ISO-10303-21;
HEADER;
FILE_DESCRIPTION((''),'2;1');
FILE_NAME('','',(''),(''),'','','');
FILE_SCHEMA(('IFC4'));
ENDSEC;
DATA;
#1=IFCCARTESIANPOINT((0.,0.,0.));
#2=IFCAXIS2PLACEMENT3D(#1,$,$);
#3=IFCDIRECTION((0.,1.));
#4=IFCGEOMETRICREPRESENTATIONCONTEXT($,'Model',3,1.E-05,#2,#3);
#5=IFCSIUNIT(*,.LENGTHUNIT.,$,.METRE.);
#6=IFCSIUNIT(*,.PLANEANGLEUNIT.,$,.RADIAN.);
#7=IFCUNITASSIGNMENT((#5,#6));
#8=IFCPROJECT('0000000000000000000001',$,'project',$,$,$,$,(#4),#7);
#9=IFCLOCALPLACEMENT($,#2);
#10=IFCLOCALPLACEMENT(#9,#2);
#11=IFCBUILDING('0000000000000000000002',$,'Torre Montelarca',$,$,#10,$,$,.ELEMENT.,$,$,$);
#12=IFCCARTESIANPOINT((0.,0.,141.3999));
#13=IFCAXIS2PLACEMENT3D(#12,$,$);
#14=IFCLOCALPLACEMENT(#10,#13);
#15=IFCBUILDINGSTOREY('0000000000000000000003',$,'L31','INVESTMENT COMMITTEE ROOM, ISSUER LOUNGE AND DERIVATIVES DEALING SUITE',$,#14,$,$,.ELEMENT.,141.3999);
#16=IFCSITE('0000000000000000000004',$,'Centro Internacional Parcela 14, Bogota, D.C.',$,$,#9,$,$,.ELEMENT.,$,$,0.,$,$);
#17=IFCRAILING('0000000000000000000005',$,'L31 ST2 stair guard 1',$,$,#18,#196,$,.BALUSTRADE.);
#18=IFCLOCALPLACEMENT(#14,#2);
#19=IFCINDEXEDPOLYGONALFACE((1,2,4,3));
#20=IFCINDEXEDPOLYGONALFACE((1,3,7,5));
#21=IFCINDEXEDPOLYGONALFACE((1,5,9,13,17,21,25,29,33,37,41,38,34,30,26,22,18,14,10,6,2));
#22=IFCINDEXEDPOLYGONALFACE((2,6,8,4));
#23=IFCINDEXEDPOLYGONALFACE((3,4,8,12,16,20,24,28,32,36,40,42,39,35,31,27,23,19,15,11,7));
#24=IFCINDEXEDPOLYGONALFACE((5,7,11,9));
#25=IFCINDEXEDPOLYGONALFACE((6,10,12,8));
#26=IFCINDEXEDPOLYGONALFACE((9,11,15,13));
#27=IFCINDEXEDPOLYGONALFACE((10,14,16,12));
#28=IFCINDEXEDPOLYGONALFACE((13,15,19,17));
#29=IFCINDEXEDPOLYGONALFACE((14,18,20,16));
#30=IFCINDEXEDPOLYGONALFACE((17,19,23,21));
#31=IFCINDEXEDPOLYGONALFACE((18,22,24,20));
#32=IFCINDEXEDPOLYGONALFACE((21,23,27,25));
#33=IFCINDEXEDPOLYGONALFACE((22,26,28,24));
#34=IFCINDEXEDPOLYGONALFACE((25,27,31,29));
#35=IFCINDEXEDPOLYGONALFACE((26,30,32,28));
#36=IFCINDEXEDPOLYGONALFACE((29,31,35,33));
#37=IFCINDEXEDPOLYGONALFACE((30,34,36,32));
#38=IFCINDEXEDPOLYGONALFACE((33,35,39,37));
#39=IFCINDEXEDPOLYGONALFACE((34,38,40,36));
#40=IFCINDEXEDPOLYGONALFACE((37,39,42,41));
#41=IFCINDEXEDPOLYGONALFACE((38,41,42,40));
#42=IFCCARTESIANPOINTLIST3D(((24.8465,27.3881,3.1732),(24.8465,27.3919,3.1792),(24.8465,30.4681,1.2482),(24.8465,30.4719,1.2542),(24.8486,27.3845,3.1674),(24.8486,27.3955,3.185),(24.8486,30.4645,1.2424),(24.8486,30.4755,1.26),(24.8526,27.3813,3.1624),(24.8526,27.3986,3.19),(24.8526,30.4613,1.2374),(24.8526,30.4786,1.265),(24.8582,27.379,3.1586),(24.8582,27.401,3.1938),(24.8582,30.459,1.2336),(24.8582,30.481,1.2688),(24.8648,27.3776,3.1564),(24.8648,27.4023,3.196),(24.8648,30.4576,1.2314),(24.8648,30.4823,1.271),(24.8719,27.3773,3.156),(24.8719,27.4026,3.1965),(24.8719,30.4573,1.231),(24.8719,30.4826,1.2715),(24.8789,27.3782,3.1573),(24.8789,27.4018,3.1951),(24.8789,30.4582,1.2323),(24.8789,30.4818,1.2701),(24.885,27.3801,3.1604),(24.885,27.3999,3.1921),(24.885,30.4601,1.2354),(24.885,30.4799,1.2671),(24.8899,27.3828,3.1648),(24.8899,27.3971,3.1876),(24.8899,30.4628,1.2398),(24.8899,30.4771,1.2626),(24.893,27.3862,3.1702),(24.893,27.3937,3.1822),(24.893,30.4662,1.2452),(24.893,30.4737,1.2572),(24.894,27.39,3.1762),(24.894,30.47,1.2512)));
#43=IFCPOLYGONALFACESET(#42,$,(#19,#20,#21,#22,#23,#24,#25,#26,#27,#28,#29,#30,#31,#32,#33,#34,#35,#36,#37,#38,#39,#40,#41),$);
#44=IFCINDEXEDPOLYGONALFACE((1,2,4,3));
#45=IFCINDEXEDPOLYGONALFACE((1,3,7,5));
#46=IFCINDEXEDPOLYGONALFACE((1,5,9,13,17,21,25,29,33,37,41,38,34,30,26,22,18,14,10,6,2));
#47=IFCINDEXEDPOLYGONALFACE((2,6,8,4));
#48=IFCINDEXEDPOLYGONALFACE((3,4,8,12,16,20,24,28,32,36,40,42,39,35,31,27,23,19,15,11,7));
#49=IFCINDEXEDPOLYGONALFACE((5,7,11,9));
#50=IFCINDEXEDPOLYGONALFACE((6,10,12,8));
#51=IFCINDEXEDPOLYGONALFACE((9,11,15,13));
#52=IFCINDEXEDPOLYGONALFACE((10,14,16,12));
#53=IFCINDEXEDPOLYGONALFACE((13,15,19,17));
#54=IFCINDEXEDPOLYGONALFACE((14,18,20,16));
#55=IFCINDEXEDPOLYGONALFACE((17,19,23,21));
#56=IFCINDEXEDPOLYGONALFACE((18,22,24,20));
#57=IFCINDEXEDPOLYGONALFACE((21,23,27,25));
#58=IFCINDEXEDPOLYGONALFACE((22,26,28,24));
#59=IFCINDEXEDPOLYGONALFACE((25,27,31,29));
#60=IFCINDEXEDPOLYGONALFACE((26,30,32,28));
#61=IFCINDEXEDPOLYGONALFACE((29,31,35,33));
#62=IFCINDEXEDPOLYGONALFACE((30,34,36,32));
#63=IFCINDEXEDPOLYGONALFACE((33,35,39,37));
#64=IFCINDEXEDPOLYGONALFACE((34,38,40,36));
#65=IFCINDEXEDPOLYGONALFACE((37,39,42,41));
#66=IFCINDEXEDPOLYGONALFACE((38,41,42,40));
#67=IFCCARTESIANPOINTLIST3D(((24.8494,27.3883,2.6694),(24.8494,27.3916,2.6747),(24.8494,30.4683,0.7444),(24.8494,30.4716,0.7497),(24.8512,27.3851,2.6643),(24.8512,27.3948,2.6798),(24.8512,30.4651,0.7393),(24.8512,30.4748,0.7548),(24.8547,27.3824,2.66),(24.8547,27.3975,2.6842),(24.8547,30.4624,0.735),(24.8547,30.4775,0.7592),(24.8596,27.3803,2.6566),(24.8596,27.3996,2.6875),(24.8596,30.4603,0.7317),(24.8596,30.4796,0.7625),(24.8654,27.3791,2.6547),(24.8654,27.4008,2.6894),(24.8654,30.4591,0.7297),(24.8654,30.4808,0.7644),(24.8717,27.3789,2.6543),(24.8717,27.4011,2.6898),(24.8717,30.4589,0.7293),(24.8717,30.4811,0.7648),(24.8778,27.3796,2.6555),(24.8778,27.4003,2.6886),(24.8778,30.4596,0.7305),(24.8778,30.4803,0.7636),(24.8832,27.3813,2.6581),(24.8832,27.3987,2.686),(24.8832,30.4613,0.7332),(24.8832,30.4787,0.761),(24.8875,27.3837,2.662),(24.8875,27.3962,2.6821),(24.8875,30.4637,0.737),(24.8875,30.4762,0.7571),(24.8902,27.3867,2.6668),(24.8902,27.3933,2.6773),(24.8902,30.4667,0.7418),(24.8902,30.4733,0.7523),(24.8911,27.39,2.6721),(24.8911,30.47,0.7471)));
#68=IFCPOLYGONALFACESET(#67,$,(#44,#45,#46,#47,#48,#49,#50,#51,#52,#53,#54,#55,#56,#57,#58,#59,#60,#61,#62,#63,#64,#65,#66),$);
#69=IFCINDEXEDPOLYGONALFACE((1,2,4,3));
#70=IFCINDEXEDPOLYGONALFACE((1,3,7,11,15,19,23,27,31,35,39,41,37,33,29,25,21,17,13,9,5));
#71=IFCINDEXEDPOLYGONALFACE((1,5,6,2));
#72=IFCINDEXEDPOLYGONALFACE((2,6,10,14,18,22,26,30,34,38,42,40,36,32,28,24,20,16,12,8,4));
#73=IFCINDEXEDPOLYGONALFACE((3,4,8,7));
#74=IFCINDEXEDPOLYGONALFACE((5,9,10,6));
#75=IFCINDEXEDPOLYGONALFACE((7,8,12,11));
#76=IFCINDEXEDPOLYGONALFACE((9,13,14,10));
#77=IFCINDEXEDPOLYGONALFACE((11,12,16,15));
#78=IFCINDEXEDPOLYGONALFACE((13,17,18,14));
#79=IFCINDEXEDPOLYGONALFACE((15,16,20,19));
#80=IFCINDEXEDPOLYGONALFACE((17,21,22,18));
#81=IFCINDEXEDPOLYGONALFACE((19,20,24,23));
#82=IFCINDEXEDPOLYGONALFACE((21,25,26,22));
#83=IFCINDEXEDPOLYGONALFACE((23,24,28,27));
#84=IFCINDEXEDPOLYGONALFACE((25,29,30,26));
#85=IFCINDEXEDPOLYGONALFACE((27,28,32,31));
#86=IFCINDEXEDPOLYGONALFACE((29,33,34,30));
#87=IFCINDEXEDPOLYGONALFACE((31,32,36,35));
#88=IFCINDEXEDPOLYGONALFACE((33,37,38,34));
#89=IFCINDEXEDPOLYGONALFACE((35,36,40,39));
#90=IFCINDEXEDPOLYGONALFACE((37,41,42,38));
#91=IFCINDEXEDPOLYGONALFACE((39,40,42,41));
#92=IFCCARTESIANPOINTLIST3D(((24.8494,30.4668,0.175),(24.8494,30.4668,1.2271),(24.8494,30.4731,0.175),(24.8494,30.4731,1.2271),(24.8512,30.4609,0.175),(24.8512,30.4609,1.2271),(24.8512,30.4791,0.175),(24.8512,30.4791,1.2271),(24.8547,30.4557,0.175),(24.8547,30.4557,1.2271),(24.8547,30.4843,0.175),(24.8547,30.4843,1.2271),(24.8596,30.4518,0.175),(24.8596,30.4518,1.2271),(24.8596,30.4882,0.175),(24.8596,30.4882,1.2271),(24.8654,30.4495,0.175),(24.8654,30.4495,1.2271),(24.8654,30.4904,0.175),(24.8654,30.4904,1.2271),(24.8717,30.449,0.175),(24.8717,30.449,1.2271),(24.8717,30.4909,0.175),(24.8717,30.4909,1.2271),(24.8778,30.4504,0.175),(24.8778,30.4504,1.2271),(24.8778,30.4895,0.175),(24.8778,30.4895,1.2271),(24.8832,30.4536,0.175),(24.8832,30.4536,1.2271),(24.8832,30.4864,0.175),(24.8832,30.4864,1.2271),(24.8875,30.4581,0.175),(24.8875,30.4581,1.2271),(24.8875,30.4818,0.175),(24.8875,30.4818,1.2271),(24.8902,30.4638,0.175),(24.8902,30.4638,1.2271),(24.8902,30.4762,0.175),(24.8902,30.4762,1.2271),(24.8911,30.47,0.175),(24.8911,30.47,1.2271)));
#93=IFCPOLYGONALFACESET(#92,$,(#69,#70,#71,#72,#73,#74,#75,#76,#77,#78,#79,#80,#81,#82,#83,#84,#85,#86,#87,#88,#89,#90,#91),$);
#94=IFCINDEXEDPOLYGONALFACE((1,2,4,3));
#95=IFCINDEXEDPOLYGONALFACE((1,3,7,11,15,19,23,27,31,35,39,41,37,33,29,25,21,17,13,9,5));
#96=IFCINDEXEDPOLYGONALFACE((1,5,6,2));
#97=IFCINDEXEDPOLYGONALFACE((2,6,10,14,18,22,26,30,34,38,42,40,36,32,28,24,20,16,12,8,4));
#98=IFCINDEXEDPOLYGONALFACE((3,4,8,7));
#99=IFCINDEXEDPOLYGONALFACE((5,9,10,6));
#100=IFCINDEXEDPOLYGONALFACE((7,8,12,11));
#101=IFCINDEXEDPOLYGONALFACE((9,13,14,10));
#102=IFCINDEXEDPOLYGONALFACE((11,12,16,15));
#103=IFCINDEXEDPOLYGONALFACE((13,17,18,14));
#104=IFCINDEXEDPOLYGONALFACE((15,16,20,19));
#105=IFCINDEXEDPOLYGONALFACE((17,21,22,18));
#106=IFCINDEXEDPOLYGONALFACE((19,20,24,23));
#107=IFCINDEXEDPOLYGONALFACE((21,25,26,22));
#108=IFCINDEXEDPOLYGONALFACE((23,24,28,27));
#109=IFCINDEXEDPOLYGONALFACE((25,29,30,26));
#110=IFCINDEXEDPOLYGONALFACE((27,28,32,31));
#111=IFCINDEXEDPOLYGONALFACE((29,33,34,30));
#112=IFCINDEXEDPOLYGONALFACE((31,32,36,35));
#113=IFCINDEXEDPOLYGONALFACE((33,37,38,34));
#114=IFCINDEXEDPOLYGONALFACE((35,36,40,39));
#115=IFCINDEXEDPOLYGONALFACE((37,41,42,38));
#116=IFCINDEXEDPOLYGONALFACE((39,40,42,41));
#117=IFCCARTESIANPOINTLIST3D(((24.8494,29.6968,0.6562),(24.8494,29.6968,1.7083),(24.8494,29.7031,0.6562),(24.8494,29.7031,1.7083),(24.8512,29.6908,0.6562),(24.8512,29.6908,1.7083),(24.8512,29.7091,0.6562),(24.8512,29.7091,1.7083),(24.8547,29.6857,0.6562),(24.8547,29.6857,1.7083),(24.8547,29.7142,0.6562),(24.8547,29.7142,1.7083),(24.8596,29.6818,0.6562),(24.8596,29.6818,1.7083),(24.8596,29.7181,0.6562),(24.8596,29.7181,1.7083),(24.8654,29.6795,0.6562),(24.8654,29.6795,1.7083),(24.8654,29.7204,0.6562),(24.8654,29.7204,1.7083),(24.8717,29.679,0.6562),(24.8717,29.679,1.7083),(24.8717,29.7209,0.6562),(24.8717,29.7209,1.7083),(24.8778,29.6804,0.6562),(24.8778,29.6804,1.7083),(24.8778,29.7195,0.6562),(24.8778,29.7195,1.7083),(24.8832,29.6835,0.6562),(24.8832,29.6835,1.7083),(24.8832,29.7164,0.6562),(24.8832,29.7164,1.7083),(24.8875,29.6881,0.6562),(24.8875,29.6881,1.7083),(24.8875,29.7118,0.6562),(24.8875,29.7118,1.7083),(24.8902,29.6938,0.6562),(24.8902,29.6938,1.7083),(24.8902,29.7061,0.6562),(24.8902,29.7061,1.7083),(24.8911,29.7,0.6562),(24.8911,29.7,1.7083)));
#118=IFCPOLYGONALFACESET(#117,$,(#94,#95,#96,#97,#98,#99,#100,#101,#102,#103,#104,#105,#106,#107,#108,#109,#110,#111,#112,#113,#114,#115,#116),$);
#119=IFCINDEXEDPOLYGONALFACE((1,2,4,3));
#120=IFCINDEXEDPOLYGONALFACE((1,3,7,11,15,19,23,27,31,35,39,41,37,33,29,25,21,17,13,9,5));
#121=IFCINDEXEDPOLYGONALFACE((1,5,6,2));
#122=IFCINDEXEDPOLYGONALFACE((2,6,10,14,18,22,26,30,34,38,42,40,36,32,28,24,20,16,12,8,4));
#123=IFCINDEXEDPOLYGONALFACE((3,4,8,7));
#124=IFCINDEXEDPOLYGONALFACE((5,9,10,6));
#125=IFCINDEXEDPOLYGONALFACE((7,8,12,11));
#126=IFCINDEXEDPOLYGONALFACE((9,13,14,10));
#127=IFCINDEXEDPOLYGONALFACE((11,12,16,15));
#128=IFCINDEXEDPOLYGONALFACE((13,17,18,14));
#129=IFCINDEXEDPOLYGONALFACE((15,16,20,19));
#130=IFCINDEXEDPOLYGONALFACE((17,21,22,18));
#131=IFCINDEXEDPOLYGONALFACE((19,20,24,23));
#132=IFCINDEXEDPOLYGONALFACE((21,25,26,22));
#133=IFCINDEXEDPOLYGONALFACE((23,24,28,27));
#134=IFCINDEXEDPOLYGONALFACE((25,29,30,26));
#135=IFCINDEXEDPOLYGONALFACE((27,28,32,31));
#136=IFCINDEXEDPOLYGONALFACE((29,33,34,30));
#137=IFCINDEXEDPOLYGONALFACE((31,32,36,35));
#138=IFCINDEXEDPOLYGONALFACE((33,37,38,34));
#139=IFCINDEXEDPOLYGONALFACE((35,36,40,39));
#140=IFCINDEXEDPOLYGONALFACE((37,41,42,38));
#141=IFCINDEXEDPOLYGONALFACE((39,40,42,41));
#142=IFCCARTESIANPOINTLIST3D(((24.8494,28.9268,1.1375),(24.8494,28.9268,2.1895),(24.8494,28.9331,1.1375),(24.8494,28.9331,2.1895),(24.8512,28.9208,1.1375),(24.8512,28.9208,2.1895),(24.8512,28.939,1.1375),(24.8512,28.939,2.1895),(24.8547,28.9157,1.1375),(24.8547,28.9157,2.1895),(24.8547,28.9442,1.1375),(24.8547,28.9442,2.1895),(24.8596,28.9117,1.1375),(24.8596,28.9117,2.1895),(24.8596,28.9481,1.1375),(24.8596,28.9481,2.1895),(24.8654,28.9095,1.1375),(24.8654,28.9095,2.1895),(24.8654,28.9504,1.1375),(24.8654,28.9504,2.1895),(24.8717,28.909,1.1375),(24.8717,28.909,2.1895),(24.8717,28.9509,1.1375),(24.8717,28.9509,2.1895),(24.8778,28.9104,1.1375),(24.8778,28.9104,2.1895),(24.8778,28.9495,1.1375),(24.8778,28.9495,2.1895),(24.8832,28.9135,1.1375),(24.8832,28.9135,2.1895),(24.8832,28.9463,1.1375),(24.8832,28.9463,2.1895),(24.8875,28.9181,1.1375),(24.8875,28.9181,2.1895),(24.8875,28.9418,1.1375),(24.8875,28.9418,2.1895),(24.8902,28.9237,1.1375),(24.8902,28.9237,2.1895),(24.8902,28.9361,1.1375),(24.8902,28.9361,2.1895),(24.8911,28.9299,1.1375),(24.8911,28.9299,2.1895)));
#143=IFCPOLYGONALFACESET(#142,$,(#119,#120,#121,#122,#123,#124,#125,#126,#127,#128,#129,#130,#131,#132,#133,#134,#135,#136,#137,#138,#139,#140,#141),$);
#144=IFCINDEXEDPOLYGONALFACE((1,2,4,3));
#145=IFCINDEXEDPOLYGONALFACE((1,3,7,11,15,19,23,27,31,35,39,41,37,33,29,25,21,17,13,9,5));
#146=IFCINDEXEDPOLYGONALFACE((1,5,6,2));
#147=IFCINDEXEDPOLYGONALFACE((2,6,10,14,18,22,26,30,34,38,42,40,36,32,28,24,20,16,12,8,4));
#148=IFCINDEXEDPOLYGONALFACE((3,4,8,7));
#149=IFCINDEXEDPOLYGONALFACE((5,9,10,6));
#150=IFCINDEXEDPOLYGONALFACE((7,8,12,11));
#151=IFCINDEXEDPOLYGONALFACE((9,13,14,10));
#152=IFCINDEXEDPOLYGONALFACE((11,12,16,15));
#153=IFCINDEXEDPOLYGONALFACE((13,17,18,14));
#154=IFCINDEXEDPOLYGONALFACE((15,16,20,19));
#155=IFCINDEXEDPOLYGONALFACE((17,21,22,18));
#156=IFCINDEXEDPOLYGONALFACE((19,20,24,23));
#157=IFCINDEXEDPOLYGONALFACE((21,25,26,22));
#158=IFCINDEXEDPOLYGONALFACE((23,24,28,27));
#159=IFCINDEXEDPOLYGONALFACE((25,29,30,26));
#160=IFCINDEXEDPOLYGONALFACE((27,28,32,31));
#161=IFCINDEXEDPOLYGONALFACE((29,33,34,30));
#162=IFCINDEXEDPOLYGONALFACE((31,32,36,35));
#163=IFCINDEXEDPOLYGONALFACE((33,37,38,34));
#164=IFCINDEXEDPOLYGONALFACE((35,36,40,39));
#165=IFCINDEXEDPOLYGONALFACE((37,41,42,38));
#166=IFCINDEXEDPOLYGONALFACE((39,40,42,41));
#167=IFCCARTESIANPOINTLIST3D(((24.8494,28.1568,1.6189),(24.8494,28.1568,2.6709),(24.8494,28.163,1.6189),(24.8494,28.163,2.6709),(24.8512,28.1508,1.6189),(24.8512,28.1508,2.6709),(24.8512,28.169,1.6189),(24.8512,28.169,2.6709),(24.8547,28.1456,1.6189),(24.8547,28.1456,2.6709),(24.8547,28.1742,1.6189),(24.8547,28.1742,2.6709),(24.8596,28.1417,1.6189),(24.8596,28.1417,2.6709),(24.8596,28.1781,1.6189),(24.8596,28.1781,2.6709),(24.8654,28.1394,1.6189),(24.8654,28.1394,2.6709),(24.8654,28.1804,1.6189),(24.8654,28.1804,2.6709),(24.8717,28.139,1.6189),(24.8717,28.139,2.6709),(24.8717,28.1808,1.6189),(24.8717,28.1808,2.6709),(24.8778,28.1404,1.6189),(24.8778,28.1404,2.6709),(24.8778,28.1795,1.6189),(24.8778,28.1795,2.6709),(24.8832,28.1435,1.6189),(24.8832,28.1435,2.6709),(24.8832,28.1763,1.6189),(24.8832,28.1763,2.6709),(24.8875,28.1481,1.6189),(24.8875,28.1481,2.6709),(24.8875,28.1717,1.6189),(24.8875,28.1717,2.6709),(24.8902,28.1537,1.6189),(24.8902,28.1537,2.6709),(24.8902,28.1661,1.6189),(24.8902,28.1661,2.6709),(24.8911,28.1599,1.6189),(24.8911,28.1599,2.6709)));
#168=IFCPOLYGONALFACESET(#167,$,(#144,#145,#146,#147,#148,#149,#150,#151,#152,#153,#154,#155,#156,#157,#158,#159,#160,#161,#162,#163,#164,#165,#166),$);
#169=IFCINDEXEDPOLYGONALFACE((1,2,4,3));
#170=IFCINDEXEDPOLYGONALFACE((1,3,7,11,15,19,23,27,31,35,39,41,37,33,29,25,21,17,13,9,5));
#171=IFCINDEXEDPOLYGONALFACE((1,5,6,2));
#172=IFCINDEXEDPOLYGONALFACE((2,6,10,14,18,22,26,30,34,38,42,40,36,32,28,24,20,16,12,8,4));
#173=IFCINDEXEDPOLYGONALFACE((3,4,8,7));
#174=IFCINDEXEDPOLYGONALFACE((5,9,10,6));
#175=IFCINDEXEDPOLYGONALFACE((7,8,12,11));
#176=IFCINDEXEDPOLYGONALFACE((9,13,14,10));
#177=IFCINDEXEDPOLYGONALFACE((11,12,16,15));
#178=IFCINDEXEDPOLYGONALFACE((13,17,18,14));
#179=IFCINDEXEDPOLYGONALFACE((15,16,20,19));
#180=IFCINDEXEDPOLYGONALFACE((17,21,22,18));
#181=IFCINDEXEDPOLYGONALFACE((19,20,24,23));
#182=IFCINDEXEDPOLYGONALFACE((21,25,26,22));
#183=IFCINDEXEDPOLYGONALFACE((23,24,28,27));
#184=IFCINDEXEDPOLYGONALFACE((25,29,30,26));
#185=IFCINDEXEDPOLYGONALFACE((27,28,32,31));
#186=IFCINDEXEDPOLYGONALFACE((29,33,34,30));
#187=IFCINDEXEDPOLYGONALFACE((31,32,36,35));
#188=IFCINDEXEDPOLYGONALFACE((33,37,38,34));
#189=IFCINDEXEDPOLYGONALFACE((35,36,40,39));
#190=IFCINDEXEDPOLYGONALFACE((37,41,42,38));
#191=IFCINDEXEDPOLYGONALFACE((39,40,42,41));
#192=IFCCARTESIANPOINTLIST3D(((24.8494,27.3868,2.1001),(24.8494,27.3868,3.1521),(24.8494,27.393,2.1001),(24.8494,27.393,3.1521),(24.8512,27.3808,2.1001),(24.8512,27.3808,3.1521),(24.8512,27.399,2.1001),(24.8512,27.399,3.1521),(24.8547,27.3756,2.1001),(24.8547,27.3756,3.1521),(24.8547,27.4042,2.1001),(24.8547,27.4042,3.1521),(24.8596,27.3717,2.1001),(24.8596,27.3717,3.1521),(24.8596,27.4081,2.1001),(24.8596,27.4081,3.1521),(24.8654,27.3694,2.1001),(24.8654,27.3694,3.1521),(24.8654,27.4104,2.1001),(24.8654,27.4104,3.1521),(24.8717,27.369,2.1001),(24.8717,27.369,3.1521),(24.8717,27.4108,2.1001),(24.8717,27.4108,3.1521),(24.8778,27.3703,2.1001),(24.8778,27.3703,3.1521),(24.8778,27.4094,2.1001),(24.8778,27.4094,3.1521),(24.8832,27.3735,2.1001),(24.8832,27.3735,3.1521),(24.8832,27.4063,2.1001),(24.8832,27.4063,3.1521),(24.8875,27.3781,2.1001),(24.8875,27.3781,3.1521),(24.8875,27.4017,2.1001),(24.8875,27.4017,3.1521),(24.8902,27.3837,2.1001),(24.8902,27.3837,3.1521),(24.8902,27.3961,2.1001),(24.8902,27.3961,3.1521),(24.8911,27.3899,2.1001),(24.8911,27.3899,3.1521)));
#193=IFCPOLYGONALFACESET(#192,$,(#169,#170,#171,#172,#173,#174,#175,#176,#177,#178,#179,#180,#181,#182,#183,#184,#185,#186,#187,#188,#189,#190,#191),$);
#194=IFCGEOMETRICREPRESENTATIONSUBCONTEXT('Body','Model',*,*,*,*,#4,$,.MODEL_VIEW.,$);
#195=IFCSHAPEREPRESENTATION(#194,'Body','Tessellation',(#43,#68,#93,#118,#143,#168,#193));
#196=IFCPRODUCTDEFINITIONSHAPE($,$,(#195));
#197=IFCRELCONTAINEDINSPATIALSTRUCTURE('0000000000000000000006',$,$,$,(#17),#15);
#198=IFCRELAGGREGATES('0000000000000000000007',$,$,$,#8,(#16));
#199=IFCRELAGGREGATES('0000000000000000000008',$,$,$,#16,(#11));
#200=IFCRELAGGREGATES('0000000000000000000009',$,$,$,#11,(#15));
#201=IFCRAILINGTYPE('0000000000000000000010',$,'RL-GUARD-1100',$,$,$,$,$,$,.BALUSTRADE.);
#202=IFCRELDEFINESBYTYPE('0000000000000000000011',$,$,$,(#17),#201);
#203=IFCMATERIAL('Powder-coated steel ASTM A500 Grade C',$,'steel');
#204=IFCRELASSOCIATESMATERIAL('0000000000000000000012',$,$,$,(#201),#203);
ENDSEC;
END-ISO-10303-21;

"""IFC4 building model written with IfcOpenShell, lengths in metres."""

from ifc_helpers import new_model, si_unit, direction, frame, origin, origin_2d, place, context, subcontext, project, spatial, circle, extrude, material, type_object, element, save


model = new_model("IFC4")

# Units and contexts
model_context = context("Model", 3, precision=1e-05, world=origin(), true_north=direction((0.0, 1.0)))
body_context = subcontext(model_context, "Body", "Model", "MODEL_VIEW")
ifc_project = project(units=[si_unit("LENGTHUNIT", "METRE"), si_unit("PLANEANGLEUNIT", "RADIAN")], contexts=[model_context])

# Site, building, storey
site_placement = place(None, origin())
site = spatial("IfcSite", under=ifc_project, at=site_placement, Name="Centro Internacional Parcela 14, Bogota, D.C.", CompositionType="ELEMENT", RefElevation=0.0)
building_placement = place(site_placement, origin())
building = spatial("IfcBuilding", under=site, at=building_placement, Name="Torre Montelarca", CompositionType="ELEMENT")
storey_placement = place(building_placement, frame((0.0, 0.0, 141.3999)))
storey = spatial("IfcBuildingStorey", under=building, at=storey_placement, Name="L31", Description="INVESTMENT COMMITTEE ROOM, ISSUER LOUNGE AND DERIVATIVES DEALING SUITE", CompositionType="ELEMENT", Elevation=141.3999)

# Railing
ifc_material_1 = material(Name="Powder-coated steel ASTM A500 Grade C", Category="steel")
railing_type_1 = type_object("IfcRailingType", Name="RL-GUARD-1100", PredefinedType="BALUSTRADE", material=ifc_material_1)
railing_1_placement = place(storey_placement, frame((24.8701, 30.47, 0.175)))
element("IfcRailing", 1, at=railing_1_placement, inside=storey, type_object=railing_type_1, Name="L31 ST2 stair guard 1", PredefinedType="BALUSTRADE", context=body_context, shape_type="SweptSolid", body=[
    extrude(circle(Radius=0.0239, at=origin_2d()), frame((0.0, 0.0, 1.0762), z_axis=(0.0, -0.847998, 0.529999), x_axis=(1.0, 0.0, 0.0)), (0.0, 0.0, 1.0), 3.6321),
    extrude(circle(Radius=0.021, at=origin_2d()), frame((0.0, 0.0, 0.572), z_axis=(0.0, -0.847998, 0.529999), x_axis=(1.0, 0.0, 0.0)), (0.0, 0.0, 1.0), 3.6321),
    extrude(circle(Radius=0.021, at=origin_2d()), origin(), (0.0, 0.0, 1.0), 1.052),
    extrude(circle(Radius=0.021, at=origin_2d()), frame((0.0, -0.77, 0.4812)), (0.0, 0.0, 1.0), 1.052),
    extrude(circle(Radius=0.021, at=origin_2d()), frame((0.0, -1.54, 0.9624)), (0.0, 0.0, 1.0), 1.052),
    extrude(circle(Radius=0.021, at=origin_2d()), frame((0.0, -2.3101, 1.4438)), (0.0, 0.0, 1.0), 1.052),
    extrude(circle(Radius=0.021, at=origin_2d()), frame((0.0, -3.0801, 1.925)), (0.0, 0.0, 1.0), 1.052),
])

save(model, "model.ifc")
